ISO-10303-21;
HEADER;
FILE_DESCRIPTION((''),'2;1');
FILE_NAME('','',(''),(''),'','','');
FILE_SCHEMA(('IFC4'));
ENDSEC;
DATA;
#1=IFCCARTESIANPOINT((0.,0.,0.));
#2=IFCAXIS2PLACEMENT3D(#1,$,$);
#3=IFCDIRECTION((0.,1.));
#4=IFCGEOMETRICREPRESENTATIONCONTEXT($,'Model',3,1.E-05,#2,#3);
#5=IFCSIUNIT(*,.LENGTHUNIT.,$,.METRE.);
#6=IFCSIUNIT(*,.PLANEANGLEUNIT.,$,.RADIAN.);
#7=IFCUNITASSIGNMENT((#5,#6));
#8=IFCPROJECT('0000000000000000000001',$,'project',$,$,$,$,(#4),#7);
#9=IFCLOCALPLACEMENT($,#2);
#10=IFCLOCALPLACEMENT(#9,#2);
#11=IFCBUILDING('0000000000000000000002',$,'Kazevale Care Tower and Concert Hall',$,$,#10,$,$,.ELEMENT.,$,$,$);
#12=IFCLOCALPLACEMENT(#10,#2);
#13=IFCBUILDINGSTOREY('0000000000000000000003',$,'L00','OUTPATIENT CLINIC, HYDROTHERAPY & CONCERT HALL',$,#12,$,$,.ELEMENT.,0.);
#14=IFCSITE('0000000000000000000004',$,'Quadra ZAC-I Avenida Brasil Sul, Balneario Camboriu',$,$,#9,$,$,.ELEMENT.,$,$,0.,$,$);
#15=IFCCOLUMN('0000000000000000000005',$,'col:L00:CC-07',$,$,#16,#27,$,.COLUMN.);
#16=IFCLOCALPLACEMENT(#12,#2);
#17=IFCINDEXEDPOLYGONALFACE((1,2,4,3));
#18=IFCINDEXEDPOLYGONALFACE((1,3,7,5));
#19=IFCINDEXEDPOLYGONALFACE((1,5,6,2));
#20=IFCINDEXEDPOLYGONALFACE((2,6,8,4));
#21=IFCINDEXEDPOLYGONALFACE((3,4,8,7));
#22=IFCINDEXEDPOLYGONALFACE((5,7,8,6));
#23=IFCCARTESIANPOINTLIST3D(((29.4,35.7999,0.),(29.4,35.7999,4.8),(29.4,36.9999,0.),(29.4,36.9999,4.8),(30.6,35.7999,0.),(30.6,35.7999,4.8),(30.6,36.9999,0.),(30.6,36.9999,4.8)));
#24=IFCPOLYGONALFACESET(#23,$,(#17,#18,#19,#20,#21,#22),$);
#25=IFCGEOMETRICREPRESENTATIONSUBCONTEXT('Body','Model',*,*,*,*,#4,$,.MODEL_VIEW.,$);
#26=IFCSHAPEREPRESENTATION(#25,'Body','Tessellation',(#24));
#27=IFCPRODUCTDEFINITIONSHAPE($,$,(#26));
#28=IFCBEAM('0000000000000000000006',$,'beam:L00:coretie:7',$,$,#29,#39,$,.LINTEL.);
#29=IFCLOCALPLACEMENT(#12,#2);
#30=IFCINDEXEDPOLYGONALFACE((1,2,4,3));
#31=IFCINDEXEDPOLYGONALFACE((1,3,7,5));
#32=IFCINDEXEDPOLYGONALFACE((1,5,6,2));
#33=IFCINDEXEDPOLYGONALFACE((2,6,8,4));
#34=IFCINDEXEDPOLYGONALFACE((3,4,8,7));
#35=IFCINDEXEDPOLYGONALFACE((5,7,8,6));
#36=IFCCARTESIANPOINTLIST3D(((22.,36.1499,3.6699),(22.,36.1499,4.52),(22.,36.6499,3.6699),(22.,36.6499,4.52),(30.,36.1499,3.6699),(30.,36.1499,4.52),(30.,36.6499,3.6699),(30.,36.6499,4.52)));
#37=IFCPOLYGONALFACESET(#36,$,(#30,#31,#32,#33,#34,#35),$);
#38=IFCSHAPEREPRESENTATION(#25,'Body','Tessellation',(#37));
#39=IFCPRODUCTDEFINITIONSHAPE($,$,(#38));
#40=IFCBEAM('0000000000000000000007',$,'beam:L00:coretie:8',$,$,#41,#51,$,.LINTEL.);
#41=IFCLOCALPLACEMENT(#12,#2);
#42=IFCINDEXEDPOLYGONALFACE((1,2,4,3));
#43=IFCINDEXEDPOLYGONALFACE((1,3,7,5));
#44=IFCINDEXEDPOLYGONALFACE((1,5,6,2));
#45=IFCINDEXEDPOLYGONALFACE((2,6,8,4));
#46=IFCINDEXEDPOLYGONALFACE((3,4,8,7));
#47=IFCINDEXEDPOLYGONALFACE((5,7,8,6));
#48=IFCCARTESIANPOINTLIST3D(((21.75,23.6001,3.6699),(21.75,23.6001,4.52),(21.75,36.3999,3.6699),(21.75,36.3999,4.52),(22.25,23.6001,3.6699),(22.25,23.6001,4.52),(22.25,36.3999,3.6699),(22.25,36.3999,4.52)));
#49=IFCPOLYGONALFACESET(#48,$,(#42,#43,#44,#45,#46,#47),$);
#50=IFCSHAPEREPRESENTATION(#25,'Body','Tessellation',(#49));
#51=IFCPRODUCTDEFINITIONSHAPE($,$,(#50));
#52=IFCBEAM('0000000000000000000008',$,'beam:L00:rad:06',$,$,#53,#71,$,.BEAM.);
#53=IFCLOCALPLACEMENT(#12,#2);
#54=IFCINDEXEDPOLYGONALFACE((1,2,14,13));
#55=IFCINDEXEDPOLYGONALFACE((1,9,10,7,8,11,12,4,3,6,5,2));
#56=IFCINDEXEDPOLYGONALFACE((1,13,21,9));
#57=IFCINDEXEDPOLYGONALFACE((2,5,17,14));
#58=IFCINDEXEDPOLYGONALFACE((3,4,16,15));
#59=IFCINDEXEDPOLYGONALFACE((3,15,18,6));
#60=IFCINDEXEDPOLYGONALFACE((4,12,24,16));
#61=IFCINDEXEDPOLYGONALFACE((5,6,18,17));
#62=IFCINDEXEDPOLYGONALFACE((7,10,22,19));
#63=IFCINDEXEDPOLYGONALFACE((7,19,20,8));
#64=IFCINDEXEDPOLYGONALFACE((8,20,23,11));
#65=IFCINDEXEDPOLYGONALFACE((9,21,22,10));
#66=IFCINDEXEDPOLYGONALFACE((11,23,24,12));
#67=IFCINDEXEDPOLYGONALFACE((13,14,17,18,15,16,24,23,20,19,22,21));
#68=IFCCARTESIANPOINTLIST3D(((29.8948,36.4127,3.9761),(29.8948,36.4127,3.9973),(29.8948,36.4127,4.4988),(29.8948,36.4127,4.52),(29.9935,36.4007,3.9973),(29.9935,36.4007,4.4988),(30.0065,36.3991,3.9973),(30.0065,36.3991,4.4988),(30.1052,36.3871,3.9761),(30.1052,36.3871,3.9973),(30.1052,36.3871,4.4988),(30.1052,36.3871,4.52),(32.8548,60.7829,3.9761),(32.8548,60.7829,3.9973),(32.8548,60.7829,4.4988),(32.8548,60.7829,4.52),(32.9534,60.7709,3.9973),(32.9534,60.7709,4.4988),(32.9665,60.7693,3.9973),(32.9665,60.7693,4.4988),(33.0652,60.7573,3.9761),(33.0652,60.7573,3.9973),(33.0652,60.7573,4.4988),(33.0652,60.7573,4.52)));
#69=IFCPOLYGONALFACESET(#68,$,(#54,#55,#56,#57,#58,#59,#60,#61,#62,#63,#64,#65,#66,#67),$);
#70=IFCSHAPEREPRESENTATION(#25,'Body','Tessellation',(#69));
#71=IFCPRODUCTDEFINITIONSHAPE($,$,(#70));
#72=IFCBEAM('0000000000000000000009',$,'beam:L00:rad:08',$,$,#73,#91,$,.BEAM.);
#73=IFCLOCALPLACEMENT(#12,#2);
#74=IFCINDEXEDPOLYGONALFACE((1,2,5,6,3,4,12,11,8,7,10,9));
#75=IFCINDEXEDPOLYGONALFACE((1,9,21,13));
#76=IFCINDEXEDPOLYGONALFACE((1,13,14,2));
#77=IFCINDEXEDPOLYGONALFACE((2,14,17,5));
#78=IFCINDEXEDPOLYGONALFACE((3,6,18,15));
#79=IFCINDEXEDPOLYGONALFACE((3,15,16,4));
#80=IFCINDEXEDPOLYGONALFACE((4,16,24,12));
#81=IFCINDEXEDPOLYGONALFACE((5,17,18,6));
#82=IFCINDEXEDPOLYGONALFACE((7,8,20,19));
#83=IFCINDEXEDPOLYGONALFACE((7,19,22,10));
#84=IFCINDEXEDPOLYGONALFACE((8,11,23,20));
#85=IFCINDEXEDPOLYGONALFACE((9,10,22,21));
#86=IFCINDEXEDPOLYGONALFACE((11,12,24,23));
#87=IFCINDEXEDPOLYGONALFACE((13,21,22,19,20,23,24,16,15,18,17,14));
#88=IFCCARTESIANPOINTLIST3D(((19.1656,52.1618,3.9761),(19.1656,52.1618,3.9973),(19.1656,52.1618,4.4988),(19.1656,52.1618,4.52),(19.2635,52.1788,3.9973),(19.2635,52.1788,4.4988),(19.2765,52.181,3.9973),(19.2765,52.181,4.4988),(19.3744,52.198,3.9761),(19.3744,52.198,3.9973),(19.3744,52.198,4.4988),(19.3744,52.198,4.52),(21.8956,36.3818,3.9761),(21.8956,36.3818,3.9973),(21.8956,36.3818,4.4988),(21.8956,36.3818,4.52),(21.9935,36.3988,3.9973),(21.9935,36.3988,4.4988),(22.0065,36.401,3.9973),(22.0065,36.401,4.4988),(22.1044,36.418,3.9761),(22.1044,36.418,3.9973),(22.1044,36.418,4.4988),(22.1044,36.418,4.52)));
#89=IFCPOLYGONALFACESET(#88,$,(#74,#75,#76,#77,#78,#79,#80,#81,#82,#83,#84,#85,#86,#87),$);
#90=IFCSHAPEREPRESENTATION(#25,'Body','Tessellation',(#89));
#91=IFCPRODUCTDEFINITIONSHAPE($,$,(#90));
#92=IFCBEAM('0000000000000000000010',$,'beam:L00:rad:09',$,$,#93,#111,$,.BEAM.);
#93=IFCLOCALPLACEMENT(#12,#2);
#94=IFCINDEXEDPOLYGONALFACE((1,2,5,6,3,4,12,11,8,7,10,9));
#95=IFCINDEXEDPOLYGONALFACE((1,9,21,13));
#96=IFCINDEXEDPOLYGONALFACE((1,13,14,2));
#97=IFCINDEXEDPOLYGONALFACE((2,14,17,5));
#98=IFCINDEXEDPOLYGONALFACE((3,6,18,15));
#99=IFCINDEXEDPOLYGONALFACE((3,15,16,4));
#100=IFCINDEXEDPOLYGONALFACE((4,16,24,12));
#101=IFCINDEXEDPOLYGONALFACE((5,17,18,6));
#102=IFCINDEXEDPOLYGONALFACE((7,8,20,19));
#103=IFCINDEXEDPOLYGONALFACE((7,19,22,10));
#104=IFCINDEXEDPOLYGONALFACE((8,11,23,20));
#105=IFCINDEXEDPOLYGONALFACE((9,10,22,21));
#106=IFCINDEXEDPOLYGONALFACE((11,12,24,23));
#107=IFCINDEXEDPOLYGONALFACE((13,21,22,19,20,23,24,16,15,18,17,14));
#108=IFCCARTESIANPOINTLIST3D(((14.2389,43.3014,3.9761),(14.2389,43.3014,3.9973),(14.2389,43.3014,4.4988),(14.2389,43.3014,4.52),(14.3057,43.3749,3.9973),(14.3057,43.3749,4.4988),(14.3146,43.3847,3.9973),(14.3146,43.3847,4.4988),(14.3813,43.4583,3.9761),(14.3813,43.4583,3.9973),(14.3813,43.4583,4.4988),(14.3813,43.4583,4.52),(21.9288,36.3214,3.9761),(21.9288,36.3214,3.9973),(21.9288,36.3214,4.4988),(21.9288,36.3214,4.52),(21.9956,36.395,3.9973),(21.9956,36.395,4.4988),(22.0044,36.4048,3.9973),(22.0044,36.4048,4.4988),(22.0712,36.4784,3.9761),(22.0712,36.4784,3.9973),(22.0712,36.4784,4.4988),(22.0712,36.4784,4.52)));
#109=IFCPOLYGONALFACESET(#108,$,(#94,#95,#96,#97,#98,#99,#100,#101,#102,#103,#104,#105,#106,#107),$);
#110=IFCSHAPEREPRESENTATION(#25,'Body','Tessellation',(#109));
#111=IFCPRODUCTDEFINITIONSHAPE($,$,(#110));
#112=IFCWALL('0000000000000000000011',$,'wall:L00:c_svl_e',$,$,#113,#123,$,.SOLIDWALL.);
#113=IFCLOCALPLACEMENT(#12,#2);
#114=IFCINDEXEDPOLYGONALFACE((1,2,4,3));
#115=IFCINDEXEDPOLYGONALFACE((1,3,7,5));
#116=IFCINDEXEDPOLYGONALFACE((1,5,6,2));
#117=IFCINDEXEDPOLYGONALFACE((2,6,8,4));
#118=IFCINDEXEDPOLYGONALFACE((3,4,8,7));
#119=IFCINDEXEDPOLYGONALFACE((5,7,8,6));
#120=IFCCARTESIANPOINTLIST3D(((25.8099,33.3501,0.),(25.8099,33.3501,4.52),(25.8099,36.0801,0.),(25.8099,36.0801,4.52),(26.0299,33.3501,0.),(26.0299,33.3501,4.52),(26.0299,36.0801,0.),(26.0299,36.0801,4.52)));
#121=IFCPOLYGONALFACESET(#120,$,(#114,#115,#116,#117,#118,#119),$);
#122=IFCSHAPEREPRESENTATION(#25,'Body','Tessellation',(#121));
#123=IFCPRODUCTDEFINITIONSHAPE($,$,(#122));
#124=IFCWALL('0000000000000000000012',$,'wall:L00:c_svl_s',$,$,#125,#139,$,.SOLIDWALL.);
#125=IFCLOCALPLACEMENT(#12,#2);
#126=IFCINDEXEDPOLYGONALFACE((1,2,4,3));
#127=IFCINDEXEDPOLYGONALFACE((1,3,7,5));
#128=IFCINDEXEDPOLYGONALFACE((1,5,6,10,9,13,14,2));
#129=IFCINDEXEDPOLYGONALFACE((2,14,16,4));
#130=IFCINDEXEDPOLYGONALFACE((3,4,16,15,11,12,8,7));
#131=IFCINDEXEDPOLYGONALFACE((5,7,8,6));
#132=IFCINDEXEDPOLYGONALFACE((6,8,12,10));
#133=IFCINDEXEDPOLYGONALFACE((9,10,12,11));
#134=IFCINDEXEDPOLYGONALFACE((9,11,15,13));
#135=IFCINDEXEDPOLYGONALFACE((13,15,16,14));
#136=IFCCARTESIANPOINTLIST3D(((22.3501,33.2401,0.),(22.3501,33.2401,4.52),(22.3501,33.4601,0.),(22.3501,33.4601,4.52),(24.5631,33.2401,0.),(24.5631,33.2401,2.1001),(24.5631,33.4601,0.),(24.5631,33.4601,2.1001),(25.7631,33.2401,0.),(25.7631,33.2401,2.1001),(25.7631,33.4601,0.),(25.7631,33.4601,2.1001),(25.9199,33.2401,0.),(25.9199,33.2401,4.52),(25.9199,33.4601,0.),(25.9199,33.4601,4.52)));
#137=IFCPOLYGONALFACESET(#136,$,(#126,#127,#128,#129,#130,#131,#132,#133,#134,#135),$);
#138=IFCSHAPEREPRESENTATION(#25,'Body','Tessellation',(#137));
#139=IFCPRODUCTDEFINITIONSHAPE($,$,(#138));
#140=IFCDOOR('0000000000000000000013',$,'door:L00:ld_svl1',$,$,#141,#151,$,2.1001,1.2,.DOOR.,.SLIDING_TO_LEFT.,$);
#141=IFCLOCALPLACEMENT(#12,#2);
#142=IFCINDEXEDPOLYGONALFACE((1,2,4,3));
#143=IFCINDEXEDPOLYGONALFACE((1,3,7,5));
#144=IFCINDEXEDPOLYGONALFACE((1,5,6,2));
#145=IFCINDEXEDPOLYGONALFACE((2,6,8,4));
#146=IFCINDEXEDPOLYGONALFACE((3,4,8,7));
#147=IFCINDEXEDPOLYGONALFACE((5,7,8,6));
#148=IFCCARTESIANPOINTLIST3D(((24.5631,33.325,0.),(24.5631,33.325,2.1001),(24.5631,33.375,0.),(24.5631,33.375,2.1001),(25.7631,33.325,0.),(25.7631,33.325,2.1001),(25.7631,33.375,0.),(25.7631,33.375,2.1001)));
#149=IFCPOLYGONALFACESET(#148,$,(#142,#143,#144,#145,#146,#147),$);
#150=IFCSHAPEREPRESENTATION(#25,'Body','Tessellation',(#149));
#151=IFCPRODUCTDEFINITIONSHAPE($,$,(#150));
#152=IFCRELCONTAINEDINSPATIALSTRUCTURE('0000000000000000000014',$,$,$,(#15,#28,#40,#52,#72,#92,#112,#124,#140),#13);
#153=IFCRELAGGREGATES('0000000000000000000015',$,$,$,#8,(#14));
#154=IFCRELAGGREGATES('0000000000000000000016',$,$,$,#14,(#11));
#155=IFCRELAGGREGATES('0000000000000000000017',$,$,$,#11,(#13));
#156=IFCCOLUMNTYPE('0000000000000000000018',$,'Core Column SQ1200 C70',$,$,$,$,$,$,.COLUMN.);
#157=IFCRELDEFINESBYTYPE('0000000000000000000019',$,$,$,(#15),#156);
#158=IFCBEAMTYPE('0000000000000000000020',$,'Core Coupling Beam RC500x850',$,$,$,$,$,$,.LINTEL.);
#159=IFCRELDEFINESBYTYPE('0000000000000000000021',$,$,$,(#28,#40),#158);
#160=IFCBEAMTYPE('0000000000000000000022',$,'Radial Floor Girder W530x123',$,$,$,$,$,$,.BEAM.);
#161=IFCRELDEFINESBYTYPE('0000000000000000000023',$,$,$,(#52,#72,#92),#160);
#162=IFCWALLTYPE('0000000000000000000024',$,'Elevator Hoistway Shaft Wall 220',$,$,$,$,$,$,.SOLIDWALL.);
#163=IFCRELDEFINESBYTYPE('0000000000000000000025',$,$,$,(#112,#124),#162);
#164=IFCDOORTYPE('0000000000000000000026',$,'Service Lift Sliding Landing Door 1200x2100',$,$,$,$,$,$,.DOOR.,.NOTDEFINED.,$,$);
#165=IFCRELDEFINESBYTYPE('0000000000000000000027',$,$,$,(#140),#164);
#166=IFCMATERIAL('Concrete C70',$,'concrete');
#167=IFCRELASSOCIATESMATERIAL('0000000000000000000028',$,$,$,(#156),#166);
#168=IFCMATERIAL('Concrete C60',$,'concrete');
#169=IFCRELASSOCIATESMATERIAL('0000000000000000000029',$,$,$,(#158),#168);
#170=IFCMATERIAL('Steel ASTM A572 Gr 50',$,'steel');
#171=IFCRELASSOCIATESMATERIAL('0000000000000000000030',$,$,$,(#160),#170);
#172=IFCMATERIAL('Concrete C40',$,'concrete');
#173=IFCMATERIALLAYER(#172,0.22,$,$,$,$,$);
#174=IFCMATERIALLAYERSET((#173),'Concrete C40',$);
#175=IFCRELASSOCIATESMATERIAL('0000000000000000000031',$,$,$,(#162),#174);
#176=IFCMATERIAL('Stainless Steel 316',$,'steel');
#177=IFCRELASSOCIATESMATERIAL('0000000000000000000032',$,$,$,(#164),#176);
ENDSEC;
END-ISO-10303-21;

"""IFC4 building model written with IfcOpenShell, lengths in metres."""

from ifc_helpers import new_model, si_unit, direction, frame, frame_2d, origin, origin_2d, place, context, subcontext, project, spatial, rectangle, i_section, extrude, material, layer, layer_set, material_profile, profile_set, type_object, element, fill, save


model = new_model("IFC4")

# Units and contexts
model_context = context("Model", 3, precision=1e-05, world=origin(), true_north=direction((0.0, 1.0)))
body_context = subcontext(model_context, "Body", "Model", "MODEL_VIEW")
ifc_project = project(units=[si_unit("LENGTHUNIT", "METRE"), si_unit("PLANEANGLEUNIT", "RADIAN")], contexts=[model_context])

# Site, building, storey
site_placement = place(None, origin())
site = spatial("IfcSite", under=ifc_project, at=site_placement, Name="Quadra ZAC-I Avenida Brasil Sul, Balneario Camboriu", CompositionType="ELEMENT", RefElevation=0.0)
building_placement = place(site_placement, origin())
building = spatial("IfcBuilding", under=site, at=building_placement, Name="Kazevale Care Tower and Concert Hall", CompositionType="ELEMENT")
storey_placement = place(building_placement, origin())
storey = spatial("IfcBuildingStorey", under=building, at=storey_placement, Name="L00", Description="OUTPATIENT CLINIC, HYDROTHERAPY & CONCERT HALL", CompositionType="ELEMENT", Elevation=0.0)

# Column
ifc_material_1 = material(Name="Concrete C70", Category="concrete")
ifc_material_profile_1 = material_profile(ifc_material_1, rectangle(XDim=1.2, YDim=1.2, at=origin_2d()), Name="RC-SQ1200")
ifc_profile_set_1 = profile_set([ifc_material_profile_1], Name="Concrete C70")
column_type = type_object("IfcColumnType", Name="Core Column SQ1200 C70", PredefinedType="COLUMN", material=ifc_profile_set_1)
column_placement = place(storey_placement, frame((30.0, 36.3999, 0.0), z_axis=(0.0, 0.0, 1.0), x_axis=(1.0, 0.0, 0.0)))
element("IfcColumn", 1, at=column_placement, inside=storey, type_object=column_type, Name="col:L00:CC-07", PredefinedType="COLUMN", context=body_context, shape_type="SweptSolid", body=[
    extrude(rectangle(XDim=1.2, YDim=1.2, at=origin_2d()), origin(), (0.0, 0.0, 1.0), 4.8),
])

# Beams
ifc_material_2 = material(Name="Concrete C60", Category="concrete")
ifc_material_profile_2 = material_profile(ifc_material_2, rectangle(XDim=0.5, YDim=0.8501, at=origin_2d()), Name="RC-B500x850")
ifc_profile_set_2 = profile_set([ifc_material_profile_2], Name="Concrete C60")
beam_type_1 = type_object("IfcBeamType", Name="Core Coupling Beam RC500x850", PredefinedType="LINTEL", material=ifc_profile_set_2)
beam_1_placement = place(storey_placement, frame((30.0, 36.3999, 4.095), z_axis=(-1.0, 0.0, 0.0), x_axis=(0.0, -1.0, 0.0)))
element("IfcBeam", 2, at=beam_1_placement, inside=storey, type_object=beam_type_1, Name="beam:L00:coretie:7", PredefinedType="LINTEL", context=body_context, shape_type="SweptSolid", body=[
    extrude(rectangle(XDim=0.5, YDim=0.8501, at=origin_2d()), origin(), (0.0, 0.0, 1.0), 8.0),
])
beam_2_placement = place(storey_placement, frame((22.0, 36.3999, 4.095), z_axis=(0.0, -1.0, 0.0), x_axis=(1.0, 0.0, 0.0)))
element("IfcBeam", 3, at=beam_2_placement, inside=storey, type_object=beam_type_1, Name="beam:L00:coretie:8", PredefinedType="LINTEL", context=body_context, shape_type="SweptSolid", body=[
    extrude(rectangle(XDim=0.5, YDim=0.8501, at=origin_2d()), origin(), (0.0, 0.0, 1.0), 12.7998),
])
ifc_material_3 = material(Name="Steel ASTM A572 Gr 50", Category="steel")
ifc_material_profile_3 = material_profile(ifc_material_3, i_section(OverallWidth=0.2119, OverallDepth=0.5439, WebThickness=0.0132, FlangeThickness=0.0212, at=origin_2d()), Name="W530x123")
ifc_profile_set_3 = profile_set([ifc_material_profile_3], Name="Steel ASTM A572 Gr 50")
beam_type_2 = type_object("IfcBeamType", Name="Radial Floor Girder W530x123", PredefinedType="BEAM", material=ifc_profile_set_3)
beam_3_placement = place(storey_placement, frame((30.0, 36.3999, 4.248), z_axis=(0.120573, 0.992705, 0.0), x_axis=(-0.992705, 0.120573, 0.0)))
element("IfcBeam", 4, at=beam_3_placement, inside=storey, type_object=beam_type_2, Name="beam:L00:rad:06", PredefinedType="BEAM", context=body_context, shape_type="SweptSolid", body=[
    extrude(i_section(OverallWidth=0.2119, OverallDepth=0.5439, WebThickness=0.0132, FlangeThickness=0.0212, at=origin_2d()), origin(), (0.0, 0.0, 1.0), 24.5493),
])
beam_4_placement = place(storey_placement, frame((22.0, 36.3999, 4.248), z_axis=(-0.17047, 0.985363, 0.0), x_axis=(-0.985363, -0.17047, 0.0)))
element("IfcBeam", 5, at=beam_4_placement, inside=storey, type_object=beam_type_2, Name="beam:L00:rad:08", PredefinedType="BEAM", context=body_context, shape_type="SweptSolid", body=[
    extrude(i_section(OverallWidth=0.2119, OverallDepth=0.5439, WebThickness=0.0132, FlangeThickness=0.0212, at=origin_2d()), origin(), (0.0, 0.0, 1.0), 16.0144),
])
beam_5_placement = place(storey_placement, frame((22.0, 36.3999, 4.248), z_axis=(-0.740461, 0.672099, 0.0), x_axis=(-0.672099, -0.740461, 0.0)))
element("IfcBeam", 6, at=beam_5_placement, inside=storey, type_object=beam_type_2, Name="beam:L00:rad:09", PredefinedType="BEAM", context=body_context, shape_type="SweptSolid", body=[
    extrude(i_section(OverallWidth=0.2119, OverallDepth=0.5439, WebThickness=0.0132, FlangeThickness=0.0212, at=origin_2d()), origin(), (0.0, 0.0, 1.0), 10.3853),
])

# Wall
ifc_material_4 = material(Name="Concrete C40", Category="concrete")
ifc_layer_1 = layer(ifc_material_4, 0.22)
ifc_layer_set_1 = layer_set([ifc_layer_1], Name="Concrete C40")
wall_type_1 = type_object("IfcWallType", Name="Elevator Hoistway Shaft Wall 220", PredefinedType="SOLIDWALL", material=ifc_layer_set_1)
wall_1_placement = place(storey_placement, frame((25.9199, 33.3501, 0.0), z_axis=(0.0, 0.0, 1.0), x_axis=(0.0, 1.0, 0.0)))
element("IfcWall", 7, at=wall_1_placement, inside=storey, type_object=wall_type_1, Name="wall:L00:c_svl_e", PredefinedType="SOLIDWALL", context=body_context, shape_type="SweptSolid", body=[
    extrude(rectangle(XDim=2.73, YDim=0.22, at=frame_2d((1.365, 0.0))), origin(), (0.0, 0.0, 1.0), 4.52),
])

# Wall, opening, door
wall_2_placement = place(storey_placement, frame((22.3501, 33.3501, 0.0), z_axis=(0.0, 0.0, 1.0), x_axis=(1.0, 0.0, 0.0)))
wall_2 = element("IfcWall", 8, at=wall_2_placement, inside=storey, type_object=wall_type_1, Name="wall:L00:c_svl_s", PredefinedType="SOLIDWALL", context=body_context, shape_type="SweptSolid", body=[
    extrude(rectangle(XDim=3.5698, YDim=0.22, at=frame_2d((1.7849, 0.0))), origin(), (0.0, 0.0, 1.0), 4.52),
])
opening_1_placement = place(wall_2_placement, frame((2.2129, 0.0, 0.0)))
opening_1 = element("IfcOpeningElement", 9, at=opening_1_placement, cuts=wall_2, PredefinedType="OPENING", context=body_context, shape_type="SweptSolid", body=[
    extrude(rectangle(XDim=1.2, YDim=2.1001, at=frame_2d((0.6001, 1.05))), frame((0.0, 0.1199, 0.0), z_axis=(0.0, -1.0, 0.0), x_axis=(1.0, 0.0, 0.0)), (0.0, 0.0, 1.0), 0.24),
])
ifc_material_5 = material(Name="Stainless Steel 316", Category="steel")
door_type_1 = type_object("IfcDoorType", Name="Service Lift Sliding Landing Door 1200x2100", OperationType="NOTDEFINED", PredefinedType="DOOR", material=ifc_material_5)
door_1_placement = place(opening_1_placement, origin())
door_1 = element("IfcDoor", 10, at=door_1_placement, inside=storey, type_object=door_type_1, Name="door:L00:ld_svl1", OperationType="SLIDING_TO_LEFT", OverallHeight=2.1001, OverallWidth=1.2, PredefinedType="DOOR", context=body_context, shape_type="SweptSolid", body=[
    extrude(rectangle(XDim=1.2, YDim=2.1001, at=frame_2d((0.6001, 1.05))), frame((0.0, 0.0249, 0.0), z_axis=(0.0, -1.0, 0.0), x_axis=(1.0, 0.0, 0.0)), (0.0, 0.0, 1.0), 0.05),
])
fill(opening_1, door_1)

save(model, "model.ifc")
